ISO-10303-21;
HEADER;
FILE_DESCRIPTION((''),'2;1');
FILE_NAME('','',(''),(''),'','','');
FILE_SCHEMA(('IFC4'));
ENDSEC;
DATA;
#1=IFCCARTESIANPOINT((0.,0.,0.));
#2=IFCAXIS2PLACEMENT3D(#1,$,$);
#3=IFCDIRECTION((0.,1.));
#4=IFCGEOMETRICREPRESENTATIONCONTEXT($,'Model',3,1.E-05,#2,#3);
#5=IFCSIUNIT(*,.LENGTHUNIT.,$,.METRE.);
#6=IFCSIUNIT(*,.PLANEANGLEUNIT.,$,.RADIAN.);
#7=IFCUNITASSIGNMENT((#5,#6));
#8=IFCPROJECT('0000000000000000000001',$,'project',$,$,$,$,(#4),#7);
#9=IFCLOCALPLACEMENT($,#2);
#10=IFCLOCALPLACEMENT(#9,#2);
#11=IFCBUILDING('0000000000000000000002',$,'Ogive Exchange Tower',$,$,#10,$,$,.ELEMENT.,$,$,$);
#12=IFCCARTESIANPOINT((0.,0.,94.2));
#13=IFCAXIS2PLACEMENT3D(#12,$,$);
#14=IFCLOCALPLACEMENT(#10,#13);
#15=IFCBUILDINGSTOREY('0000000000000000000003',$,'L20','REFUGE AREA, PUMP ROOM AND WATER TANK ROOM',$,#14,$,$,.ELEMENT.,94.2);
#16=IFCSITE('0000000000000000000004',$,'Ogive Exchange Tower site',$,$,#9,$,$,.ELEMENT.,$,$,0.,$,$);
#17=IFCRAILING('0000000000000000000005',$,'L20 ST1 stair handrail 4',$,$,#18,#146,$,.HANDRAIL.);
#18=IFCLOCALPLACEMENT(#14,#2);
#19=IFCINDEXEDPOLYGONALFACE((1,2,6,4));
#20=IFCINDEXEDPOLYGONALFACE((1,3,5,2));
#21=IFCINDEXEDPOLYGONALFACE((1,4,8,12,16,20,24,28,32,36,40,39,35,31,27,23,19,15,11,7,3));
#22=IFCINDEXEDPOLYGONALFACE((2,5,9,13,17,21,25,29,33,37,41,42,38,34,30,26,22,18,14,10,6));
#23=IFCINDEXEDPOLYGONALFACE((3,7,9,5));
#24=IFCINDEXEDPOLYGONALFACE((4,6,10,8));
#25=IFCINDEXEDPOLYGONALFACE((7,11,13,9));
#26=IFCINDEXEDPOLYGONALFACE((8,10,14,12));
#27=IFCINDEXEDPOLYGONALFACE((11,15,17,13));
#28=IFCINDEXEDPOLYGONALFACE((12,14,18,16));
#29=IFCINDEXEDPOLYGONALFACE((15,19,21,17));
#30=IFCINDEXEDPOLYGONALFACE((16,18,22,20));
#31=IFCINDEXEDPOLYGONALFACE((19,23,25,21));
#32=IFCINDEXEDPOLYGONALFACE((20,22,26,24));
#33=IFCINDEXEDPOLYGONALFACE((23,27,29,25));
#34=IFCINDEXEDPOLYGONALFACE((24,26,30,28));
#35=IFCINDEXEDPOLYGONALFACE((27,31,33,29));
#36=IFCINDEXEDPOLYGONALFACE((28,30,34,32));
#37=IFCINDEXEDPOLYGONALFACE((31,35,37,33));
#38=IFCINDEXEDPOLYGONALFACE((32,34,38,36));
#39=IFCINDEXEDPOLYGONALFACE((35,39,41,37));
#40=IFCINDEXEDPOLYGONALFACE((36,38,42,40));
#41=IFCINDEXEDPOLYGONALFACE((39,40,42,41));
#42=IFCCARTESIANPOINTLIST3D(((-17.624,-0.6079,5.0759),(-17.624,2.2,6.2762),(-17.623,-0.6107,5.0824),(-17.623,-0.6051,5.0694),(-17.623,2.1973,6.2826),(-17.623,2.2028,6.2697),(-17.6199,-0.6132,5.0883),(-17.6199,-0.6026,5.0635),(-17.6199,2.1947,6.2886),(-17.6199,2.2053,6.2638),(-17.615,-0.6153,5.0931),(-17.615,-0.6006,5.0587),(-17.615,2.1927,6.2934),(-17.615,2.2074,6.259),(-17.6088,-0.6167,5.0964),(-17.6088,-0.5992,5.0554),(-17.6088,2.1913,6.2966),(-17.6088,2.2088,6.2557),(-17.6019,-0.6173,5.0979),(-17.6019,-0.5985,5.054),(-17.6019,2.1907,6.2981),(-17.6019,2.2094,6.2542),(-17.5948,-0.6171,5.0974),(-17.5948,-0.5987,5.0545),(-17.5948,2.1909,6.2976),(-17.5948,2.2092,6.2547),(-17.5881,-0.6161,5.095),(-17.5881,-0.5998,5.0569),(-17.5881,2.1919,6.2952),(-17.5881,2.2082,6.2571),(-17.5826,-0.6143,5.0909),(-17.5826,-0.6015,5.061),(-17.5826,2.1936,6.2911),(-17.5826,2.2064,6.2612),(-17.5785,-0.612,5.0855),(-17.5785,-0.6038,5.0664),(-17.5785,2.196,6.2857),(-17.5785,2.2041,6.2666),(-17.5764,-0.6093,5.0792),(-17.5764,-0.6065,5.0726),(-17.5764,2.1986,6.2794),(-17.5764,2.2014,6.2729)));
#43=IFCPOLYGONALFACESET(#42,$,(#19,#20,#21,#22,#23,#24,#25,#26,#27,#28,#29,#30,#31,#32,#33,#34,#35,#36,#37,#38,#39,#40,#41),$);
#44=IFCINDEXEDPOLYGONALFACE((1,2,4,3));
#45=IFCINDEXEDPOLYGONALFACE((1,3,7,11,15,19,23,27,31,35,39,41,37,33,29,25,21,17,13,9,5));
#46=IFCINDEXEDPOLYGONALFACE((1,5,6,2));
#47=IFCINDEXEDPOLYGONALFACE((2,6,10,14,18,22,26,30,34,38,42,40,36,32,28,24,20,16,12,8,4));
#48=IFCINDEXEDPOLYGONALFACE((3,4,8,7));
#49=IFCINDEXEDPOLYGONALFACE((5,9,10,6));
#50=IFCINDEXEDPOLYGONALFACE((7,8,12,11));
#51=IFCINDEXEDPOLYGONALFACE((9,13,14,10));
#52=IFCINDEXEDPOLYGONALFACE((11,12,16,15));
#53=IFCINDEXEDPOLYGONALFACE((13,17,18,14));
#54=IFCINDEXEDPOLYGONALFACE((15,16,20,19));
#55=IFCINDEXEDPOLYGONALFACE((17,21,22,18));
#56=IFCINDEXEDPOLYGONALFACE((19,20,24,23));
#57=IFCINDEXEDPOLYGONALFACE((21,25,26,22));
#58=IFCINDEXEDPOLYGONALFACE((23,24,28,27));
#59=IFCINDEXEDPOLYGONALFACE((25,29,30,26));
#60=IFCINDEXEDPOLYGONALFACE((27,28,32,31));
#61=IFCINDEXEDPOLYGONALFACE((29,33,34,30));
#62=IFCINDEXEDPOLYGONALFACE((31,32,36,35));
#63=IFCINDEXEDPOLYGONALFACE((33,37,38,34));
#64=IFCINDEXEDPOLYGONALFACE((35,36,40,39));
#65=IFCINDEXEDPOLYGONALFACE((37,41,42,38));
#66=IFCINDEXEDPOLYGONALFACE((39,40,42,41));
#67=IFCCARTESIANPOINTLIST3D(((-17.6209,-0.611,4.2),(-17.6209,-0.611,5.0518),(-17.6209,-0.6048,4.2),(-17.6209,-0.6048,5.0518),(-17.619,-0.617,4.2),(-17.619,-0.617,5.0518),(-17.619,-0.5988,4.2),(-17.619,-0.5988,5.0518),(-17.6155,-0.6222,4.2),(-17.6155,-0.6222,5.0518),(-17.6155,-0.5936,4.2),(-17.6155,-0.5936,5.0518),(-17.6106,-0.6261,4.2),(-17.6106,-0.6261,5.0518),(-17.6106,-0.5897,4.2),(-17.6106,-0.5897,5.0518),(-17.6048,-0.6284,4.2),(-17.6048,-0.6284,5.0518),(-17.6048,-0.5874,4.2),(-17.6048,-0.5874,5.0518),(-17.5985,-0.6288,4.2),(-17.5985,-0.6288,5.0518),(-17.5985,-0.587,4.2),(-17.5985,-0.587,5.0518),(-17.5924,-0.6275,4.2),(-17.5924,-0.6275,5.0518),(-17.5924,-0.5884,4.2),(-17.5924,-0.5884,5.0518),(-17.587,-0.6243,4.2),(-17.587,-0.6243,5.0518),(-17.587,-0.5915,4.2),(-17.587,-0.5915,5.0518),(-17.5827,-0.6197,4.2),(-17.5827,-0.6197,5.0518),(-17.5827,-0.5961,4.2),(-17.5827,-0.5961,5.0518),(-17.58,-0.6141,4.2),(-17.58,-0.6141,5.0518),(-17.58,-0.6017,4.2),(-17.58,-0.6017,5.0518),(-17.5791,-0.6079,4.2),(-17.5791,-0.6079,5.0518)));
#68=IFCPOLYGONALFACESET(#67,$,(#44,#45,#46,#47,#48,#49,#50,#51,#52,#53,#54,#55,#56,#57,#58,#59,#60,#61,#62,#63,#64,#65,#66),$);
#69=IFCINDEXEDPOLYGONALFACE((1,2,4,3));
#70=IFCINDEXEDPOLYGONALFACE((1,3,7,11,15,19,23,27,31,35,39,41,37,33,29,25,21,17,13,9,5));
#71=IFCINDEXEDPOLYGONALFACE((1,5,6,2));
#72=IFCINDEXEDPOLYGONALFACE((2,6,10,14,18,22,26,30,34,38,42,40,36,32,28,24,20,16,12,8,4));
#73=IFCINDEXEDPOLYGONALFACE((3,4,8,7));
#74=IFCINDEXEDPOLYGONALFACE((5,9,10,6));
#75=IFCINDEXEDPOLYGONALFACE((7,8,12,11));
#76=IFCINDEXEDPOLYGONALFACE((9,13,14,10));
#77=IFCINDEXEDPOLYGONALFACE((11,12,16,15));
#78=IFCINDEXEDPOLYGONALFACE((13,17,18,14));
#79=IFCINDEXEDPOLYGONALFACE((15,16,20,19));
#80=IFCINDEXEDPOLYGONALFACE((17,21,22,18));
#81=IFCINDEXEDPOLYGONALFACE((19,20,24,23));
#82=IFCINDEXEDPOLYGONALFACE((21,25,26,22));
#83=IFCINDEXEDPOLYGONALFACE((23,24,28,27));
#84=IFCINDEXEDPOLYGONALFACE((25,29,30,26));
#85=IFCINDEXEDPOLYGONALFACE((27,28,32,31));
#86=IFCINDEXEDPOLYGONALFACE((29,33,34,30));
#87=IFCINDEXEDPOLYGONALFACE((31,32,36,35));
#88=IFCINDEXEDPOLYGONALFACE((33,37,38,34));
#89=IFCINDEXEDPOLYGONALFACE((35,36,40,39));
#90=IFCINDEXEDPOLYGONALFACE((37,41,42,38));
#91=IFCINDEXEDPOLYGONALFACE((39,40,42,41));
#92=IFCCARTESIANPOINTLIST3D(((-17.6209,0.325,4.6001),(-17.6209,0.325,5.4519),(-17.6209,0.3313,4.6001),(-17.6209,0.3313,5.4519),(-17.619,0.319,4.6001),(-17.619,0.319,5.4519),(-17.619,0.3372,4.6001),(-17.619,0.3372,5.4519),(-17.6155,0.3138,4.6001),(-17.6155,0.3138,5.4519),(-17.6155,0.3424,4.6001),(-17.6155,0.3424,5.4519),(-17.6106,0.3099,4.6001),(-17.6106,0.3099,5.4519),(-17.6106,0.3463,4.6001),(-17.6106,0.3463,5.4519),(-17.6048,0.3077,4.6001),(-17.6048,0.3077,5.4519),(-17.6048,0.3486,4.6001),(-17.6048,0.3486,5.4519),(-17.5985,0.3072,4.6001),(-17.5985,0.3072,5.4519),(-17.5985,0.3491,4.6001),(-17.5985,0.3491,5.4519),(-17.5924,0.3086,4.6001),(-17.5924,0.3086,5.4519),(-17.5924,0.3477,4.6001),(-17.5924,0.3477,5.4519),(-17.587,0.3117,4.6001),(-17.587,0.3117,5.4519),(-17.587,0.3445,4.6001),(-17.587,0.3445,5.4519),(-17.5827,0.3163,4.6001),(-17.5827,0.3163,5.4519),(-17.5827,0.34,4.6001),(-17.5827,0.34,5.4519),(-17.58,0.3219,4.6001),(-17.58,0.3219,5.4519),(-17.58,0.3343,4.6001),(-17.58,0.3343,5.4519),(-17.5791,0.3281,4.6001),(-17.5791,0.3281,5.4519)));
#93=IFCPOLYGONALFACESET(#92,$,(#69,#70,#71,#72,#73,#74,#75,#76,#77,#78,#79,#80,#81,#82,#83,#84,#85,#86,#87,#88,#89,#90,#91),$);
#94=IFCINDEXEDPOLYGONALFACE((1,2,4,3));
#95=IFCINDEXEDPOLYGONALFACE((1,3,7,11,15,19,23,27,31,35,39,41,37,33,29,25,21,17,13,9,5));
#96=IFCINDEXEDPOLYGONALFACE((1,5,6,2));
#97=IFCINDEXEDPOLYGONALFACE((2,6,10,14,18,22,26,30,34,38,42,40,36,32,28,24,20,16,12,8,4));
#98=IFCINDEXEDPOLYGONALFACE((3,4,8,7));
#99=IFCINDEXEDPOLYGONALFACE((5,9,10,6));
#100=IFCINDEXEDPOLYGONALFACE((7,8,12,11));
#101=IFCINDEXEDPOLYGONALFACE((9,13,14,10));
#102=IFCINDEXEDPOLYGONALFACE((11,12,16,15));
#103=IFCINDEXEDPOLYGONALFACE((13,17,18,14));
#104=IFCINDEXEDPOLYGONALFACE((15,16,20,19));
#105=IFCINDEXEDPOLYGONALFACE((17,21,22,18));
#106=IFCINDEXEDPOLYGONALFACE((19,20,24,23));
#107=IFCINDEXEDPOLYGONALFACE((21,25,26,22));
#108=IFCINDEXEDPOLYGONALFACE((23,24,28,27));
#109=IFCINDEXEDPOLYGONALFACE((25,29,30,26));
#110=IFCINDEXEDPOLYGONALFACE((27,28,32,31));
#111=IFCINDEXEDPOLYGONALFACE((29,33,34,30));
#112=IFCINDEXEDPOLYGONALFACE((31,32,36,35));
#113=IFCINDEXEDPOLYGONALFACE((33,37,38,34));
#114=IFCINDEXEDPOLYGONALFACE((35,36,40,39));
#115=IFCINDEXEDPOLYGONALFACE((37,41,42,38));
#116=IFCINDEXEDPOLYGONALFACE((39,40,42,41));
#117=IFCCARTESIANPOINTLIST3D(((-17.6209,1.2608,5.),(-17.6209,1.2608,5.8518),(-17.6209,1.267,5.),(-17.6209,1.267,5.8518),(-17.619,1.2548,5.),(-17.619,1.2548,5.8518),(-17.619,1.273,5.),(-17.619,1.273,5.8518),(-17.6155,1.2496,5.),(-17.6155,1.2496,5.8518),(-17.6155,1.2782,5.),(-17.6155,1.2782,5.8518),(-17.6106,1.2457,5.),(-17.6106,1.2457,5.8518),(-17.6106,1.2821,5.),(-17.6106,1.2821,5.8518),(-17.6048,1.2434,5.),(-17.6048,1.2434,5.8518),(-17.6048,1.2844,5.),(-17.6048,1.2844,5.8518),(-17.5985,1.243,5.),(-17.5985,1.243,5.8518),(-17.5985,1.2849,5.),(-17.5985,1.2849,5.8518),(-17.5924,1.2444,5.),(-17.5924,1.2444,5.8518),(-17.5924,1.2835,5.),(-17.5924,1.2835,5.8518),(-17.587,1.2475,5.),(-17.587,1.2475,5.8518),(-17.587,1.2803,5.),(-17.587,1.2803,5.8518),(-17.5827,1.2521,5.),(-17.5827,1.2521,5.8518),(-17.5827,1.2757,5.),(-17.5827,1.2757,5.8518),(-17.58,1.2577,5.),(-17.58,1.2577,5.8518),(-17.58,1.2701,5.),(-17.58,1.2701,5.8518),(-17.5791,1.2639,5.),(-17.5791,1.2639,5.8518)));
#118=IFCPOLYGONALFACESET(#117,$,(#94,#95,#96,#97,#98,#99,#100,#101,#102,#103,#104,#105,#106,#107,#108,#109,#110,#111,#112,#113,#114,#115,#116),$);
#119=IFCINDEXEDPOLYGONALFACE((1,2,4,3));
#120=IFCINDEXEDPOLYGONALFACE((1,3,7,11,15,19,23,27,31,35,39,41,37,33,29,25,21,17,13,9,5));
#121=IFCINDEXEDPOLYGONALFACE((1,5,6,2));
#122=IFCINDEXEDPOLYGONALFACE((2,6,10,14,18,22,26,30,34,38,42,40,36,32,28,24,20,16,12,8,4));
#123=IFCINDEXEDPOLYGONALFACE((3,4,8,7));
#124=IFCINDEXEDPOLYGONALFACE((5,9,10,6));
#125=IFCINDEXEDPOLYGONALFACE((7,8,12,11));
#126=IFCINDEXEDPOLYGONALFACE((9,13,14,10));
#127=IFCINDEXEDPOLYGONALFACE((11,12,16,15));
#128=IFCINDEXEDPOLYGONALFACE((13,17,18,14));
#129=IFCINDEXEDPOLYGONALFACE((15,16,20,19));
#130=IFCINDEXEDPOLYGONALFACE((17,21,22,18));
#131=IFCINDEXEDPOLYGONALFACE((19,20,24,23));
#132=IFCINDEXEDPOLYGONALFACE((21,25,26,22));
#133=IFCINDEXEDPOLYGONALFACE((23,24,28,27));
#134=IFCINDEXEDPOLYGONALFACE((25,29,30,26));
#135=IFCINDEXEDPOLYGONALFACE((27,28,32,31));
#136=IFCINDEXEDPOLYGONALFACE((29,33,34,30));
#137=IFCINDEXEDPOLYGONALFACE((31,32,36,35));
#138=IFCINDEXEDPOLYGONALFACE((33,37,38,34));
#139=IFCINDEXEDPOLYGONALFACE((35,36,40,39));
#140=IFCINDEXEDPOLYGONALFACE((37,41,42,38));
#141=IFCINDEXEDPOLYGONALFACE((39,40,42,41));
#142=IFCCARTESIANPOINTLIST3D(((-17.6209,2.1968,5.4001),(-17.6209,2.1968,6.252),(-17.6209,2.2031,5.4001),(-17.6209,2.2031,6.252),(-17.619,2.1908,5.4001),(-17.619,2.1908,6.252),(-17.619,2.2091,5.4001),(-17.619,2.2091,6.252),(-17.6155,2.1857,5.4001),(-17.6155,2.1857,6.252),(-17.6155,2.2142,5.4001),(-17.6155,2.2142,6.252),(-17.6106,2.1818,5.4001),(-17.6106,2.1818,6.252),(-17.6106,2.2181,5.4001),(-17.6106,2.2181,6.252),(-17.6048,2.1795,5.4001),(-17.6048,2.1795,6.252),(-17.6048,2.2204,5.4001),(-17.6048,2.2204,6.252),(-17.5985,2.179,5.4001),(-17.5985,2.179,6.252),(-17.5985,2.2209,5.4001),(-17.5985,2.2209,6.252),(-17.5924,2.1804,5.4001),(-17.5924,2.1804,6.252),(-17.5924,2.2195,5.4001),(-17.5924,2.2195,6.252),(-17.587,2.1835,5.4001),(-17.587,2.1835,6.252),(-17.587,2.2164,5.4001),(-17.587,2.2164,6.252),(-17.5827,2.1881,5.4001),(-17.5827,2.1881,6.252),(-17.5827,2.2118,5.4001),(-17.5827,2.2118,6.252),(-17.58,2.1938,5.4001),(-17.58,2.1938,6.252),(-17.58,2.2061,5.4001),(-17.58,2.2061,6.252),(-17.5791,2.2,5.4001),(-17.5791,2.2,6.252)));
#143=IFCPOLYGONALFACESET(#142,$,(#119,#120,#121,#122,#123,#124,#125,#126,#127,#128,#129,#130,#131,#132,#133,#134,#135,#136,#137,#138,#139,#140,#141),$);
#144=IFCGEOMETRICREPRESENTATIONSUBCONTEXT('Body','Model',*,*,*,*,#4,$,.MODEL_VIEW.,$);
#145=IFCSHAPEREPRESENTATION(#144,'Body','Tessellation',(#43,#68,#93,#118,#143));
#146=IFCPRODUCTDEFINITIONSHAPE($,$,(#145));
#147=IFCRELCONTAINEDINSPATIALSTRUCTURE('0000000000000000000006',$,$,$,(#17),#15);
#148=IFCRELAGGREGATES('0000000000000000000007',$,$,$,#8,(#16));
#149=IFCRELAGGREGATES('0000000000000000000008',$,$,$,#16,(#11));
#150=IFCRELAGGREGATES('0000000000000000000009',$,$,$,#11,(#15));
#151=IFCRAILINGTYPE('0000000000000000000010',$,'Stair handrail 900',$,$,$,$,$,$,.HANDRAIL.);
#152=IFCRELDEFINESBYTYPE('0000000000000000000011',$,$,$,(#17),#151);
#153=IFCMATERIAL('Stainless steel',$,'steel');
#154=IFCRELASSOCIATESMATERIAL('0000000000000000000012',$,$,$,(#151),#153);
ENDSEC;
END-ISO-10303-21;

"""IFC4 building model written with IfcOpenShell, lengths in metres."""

from ifc_helpers import new_model, si_unit, direction, frame, origin, origin_2d, place, context, subcontext, project, spatial, circle, extrude, material, type_object, element, save


model = new_model("IFC4")

# Units and contexts
model_context = context("Model", 3, precision=1e-05, world=origin(), true_north=direction((0.0, 1.0)))
body_context = subcontext(model_context, "Body", "Model", "MODEL_VIEW")
ifc_project = project(units=[si_unit("LENGTHUNIT", "METRE"), si_unit("PLANEANGLEUNIT", "RADIAN")], contexts=[model_context])

# Site, building, storey
site_placement = place(None, origin())
site = spatial("IfcSite", under=ifc_project, at=site_placement, Name="Ogive Exchange Tower site", CompositionType="ELEMENT", RefElevation=0.0)
building_placement = place(site_placement, origin())
building = spatial("IfcBuilding", under=site, at=building_placement, Name="Ogive Exchange Tower", CompositionType="ELEMENT")
storey_placement = place(building_placement, frame((0.0, 0.0, 94.2)))
storey = spatial("IfcBuildingStorey", under=building, at=storey_placement, Name="L20", Description="REFUGE AREA, PUMP ROOM AND WATER TANK ROOM", CompositionType="ELEMENT", Elevation=94.2)

# Shared definitions
ifc_material_1 = material(Name="Stainless steel", Category="steel")

# Railing
railing_type = type_object("IfcRailingType", Name="Stair handrail 900", PredefinedType="HANDRAIL", material=ifc_material_1)
railing_1_placement = place(storey_placement, frame((-17.6001, -0.6079, 4.2)))
element("IfcRailing", 1, at=railing_1_placement, inside=storey, type_object=railing_type, Name="L20 ST1 stair handrail 4", PredefinedType="HANDRAIL", context=body_context, shape_type="SweptSolid", body=[
    extrude(circle(Radius=0.0239, at=origin_2d()), frame((0.0, 0.0, 0.876), z_axis=(0.0, 0.919521, 0.393041), x_axis=(-1.0, 0.0, 0.0)), (0.0, 0.0, 1.0), 3.0537),
    extrude(circle(Radius=0.021, at=origin_2d()), origin(), (0.0, 0.0, 1.0), 0.8518),
    extrude(circle(Radius=0.021, at=origin_2d()), frame((0.0, 0.936, 0.4001)), (0.0, 0.0, 1.0), 0.8518),
    extrude(circle(Radius=0.021, at=origin_2d()), frame((0.0, 1.8718, 0.8)), (0.0, 0.0, 1.0), 0.8518),
    extrude(circle(Radius=0.021, at=origin_2d()), frame((0.0, 2.8079, 1.2002)), (0.0, 0.0, 1.0), 0.8518),
])

save(model, "model.ifc")
